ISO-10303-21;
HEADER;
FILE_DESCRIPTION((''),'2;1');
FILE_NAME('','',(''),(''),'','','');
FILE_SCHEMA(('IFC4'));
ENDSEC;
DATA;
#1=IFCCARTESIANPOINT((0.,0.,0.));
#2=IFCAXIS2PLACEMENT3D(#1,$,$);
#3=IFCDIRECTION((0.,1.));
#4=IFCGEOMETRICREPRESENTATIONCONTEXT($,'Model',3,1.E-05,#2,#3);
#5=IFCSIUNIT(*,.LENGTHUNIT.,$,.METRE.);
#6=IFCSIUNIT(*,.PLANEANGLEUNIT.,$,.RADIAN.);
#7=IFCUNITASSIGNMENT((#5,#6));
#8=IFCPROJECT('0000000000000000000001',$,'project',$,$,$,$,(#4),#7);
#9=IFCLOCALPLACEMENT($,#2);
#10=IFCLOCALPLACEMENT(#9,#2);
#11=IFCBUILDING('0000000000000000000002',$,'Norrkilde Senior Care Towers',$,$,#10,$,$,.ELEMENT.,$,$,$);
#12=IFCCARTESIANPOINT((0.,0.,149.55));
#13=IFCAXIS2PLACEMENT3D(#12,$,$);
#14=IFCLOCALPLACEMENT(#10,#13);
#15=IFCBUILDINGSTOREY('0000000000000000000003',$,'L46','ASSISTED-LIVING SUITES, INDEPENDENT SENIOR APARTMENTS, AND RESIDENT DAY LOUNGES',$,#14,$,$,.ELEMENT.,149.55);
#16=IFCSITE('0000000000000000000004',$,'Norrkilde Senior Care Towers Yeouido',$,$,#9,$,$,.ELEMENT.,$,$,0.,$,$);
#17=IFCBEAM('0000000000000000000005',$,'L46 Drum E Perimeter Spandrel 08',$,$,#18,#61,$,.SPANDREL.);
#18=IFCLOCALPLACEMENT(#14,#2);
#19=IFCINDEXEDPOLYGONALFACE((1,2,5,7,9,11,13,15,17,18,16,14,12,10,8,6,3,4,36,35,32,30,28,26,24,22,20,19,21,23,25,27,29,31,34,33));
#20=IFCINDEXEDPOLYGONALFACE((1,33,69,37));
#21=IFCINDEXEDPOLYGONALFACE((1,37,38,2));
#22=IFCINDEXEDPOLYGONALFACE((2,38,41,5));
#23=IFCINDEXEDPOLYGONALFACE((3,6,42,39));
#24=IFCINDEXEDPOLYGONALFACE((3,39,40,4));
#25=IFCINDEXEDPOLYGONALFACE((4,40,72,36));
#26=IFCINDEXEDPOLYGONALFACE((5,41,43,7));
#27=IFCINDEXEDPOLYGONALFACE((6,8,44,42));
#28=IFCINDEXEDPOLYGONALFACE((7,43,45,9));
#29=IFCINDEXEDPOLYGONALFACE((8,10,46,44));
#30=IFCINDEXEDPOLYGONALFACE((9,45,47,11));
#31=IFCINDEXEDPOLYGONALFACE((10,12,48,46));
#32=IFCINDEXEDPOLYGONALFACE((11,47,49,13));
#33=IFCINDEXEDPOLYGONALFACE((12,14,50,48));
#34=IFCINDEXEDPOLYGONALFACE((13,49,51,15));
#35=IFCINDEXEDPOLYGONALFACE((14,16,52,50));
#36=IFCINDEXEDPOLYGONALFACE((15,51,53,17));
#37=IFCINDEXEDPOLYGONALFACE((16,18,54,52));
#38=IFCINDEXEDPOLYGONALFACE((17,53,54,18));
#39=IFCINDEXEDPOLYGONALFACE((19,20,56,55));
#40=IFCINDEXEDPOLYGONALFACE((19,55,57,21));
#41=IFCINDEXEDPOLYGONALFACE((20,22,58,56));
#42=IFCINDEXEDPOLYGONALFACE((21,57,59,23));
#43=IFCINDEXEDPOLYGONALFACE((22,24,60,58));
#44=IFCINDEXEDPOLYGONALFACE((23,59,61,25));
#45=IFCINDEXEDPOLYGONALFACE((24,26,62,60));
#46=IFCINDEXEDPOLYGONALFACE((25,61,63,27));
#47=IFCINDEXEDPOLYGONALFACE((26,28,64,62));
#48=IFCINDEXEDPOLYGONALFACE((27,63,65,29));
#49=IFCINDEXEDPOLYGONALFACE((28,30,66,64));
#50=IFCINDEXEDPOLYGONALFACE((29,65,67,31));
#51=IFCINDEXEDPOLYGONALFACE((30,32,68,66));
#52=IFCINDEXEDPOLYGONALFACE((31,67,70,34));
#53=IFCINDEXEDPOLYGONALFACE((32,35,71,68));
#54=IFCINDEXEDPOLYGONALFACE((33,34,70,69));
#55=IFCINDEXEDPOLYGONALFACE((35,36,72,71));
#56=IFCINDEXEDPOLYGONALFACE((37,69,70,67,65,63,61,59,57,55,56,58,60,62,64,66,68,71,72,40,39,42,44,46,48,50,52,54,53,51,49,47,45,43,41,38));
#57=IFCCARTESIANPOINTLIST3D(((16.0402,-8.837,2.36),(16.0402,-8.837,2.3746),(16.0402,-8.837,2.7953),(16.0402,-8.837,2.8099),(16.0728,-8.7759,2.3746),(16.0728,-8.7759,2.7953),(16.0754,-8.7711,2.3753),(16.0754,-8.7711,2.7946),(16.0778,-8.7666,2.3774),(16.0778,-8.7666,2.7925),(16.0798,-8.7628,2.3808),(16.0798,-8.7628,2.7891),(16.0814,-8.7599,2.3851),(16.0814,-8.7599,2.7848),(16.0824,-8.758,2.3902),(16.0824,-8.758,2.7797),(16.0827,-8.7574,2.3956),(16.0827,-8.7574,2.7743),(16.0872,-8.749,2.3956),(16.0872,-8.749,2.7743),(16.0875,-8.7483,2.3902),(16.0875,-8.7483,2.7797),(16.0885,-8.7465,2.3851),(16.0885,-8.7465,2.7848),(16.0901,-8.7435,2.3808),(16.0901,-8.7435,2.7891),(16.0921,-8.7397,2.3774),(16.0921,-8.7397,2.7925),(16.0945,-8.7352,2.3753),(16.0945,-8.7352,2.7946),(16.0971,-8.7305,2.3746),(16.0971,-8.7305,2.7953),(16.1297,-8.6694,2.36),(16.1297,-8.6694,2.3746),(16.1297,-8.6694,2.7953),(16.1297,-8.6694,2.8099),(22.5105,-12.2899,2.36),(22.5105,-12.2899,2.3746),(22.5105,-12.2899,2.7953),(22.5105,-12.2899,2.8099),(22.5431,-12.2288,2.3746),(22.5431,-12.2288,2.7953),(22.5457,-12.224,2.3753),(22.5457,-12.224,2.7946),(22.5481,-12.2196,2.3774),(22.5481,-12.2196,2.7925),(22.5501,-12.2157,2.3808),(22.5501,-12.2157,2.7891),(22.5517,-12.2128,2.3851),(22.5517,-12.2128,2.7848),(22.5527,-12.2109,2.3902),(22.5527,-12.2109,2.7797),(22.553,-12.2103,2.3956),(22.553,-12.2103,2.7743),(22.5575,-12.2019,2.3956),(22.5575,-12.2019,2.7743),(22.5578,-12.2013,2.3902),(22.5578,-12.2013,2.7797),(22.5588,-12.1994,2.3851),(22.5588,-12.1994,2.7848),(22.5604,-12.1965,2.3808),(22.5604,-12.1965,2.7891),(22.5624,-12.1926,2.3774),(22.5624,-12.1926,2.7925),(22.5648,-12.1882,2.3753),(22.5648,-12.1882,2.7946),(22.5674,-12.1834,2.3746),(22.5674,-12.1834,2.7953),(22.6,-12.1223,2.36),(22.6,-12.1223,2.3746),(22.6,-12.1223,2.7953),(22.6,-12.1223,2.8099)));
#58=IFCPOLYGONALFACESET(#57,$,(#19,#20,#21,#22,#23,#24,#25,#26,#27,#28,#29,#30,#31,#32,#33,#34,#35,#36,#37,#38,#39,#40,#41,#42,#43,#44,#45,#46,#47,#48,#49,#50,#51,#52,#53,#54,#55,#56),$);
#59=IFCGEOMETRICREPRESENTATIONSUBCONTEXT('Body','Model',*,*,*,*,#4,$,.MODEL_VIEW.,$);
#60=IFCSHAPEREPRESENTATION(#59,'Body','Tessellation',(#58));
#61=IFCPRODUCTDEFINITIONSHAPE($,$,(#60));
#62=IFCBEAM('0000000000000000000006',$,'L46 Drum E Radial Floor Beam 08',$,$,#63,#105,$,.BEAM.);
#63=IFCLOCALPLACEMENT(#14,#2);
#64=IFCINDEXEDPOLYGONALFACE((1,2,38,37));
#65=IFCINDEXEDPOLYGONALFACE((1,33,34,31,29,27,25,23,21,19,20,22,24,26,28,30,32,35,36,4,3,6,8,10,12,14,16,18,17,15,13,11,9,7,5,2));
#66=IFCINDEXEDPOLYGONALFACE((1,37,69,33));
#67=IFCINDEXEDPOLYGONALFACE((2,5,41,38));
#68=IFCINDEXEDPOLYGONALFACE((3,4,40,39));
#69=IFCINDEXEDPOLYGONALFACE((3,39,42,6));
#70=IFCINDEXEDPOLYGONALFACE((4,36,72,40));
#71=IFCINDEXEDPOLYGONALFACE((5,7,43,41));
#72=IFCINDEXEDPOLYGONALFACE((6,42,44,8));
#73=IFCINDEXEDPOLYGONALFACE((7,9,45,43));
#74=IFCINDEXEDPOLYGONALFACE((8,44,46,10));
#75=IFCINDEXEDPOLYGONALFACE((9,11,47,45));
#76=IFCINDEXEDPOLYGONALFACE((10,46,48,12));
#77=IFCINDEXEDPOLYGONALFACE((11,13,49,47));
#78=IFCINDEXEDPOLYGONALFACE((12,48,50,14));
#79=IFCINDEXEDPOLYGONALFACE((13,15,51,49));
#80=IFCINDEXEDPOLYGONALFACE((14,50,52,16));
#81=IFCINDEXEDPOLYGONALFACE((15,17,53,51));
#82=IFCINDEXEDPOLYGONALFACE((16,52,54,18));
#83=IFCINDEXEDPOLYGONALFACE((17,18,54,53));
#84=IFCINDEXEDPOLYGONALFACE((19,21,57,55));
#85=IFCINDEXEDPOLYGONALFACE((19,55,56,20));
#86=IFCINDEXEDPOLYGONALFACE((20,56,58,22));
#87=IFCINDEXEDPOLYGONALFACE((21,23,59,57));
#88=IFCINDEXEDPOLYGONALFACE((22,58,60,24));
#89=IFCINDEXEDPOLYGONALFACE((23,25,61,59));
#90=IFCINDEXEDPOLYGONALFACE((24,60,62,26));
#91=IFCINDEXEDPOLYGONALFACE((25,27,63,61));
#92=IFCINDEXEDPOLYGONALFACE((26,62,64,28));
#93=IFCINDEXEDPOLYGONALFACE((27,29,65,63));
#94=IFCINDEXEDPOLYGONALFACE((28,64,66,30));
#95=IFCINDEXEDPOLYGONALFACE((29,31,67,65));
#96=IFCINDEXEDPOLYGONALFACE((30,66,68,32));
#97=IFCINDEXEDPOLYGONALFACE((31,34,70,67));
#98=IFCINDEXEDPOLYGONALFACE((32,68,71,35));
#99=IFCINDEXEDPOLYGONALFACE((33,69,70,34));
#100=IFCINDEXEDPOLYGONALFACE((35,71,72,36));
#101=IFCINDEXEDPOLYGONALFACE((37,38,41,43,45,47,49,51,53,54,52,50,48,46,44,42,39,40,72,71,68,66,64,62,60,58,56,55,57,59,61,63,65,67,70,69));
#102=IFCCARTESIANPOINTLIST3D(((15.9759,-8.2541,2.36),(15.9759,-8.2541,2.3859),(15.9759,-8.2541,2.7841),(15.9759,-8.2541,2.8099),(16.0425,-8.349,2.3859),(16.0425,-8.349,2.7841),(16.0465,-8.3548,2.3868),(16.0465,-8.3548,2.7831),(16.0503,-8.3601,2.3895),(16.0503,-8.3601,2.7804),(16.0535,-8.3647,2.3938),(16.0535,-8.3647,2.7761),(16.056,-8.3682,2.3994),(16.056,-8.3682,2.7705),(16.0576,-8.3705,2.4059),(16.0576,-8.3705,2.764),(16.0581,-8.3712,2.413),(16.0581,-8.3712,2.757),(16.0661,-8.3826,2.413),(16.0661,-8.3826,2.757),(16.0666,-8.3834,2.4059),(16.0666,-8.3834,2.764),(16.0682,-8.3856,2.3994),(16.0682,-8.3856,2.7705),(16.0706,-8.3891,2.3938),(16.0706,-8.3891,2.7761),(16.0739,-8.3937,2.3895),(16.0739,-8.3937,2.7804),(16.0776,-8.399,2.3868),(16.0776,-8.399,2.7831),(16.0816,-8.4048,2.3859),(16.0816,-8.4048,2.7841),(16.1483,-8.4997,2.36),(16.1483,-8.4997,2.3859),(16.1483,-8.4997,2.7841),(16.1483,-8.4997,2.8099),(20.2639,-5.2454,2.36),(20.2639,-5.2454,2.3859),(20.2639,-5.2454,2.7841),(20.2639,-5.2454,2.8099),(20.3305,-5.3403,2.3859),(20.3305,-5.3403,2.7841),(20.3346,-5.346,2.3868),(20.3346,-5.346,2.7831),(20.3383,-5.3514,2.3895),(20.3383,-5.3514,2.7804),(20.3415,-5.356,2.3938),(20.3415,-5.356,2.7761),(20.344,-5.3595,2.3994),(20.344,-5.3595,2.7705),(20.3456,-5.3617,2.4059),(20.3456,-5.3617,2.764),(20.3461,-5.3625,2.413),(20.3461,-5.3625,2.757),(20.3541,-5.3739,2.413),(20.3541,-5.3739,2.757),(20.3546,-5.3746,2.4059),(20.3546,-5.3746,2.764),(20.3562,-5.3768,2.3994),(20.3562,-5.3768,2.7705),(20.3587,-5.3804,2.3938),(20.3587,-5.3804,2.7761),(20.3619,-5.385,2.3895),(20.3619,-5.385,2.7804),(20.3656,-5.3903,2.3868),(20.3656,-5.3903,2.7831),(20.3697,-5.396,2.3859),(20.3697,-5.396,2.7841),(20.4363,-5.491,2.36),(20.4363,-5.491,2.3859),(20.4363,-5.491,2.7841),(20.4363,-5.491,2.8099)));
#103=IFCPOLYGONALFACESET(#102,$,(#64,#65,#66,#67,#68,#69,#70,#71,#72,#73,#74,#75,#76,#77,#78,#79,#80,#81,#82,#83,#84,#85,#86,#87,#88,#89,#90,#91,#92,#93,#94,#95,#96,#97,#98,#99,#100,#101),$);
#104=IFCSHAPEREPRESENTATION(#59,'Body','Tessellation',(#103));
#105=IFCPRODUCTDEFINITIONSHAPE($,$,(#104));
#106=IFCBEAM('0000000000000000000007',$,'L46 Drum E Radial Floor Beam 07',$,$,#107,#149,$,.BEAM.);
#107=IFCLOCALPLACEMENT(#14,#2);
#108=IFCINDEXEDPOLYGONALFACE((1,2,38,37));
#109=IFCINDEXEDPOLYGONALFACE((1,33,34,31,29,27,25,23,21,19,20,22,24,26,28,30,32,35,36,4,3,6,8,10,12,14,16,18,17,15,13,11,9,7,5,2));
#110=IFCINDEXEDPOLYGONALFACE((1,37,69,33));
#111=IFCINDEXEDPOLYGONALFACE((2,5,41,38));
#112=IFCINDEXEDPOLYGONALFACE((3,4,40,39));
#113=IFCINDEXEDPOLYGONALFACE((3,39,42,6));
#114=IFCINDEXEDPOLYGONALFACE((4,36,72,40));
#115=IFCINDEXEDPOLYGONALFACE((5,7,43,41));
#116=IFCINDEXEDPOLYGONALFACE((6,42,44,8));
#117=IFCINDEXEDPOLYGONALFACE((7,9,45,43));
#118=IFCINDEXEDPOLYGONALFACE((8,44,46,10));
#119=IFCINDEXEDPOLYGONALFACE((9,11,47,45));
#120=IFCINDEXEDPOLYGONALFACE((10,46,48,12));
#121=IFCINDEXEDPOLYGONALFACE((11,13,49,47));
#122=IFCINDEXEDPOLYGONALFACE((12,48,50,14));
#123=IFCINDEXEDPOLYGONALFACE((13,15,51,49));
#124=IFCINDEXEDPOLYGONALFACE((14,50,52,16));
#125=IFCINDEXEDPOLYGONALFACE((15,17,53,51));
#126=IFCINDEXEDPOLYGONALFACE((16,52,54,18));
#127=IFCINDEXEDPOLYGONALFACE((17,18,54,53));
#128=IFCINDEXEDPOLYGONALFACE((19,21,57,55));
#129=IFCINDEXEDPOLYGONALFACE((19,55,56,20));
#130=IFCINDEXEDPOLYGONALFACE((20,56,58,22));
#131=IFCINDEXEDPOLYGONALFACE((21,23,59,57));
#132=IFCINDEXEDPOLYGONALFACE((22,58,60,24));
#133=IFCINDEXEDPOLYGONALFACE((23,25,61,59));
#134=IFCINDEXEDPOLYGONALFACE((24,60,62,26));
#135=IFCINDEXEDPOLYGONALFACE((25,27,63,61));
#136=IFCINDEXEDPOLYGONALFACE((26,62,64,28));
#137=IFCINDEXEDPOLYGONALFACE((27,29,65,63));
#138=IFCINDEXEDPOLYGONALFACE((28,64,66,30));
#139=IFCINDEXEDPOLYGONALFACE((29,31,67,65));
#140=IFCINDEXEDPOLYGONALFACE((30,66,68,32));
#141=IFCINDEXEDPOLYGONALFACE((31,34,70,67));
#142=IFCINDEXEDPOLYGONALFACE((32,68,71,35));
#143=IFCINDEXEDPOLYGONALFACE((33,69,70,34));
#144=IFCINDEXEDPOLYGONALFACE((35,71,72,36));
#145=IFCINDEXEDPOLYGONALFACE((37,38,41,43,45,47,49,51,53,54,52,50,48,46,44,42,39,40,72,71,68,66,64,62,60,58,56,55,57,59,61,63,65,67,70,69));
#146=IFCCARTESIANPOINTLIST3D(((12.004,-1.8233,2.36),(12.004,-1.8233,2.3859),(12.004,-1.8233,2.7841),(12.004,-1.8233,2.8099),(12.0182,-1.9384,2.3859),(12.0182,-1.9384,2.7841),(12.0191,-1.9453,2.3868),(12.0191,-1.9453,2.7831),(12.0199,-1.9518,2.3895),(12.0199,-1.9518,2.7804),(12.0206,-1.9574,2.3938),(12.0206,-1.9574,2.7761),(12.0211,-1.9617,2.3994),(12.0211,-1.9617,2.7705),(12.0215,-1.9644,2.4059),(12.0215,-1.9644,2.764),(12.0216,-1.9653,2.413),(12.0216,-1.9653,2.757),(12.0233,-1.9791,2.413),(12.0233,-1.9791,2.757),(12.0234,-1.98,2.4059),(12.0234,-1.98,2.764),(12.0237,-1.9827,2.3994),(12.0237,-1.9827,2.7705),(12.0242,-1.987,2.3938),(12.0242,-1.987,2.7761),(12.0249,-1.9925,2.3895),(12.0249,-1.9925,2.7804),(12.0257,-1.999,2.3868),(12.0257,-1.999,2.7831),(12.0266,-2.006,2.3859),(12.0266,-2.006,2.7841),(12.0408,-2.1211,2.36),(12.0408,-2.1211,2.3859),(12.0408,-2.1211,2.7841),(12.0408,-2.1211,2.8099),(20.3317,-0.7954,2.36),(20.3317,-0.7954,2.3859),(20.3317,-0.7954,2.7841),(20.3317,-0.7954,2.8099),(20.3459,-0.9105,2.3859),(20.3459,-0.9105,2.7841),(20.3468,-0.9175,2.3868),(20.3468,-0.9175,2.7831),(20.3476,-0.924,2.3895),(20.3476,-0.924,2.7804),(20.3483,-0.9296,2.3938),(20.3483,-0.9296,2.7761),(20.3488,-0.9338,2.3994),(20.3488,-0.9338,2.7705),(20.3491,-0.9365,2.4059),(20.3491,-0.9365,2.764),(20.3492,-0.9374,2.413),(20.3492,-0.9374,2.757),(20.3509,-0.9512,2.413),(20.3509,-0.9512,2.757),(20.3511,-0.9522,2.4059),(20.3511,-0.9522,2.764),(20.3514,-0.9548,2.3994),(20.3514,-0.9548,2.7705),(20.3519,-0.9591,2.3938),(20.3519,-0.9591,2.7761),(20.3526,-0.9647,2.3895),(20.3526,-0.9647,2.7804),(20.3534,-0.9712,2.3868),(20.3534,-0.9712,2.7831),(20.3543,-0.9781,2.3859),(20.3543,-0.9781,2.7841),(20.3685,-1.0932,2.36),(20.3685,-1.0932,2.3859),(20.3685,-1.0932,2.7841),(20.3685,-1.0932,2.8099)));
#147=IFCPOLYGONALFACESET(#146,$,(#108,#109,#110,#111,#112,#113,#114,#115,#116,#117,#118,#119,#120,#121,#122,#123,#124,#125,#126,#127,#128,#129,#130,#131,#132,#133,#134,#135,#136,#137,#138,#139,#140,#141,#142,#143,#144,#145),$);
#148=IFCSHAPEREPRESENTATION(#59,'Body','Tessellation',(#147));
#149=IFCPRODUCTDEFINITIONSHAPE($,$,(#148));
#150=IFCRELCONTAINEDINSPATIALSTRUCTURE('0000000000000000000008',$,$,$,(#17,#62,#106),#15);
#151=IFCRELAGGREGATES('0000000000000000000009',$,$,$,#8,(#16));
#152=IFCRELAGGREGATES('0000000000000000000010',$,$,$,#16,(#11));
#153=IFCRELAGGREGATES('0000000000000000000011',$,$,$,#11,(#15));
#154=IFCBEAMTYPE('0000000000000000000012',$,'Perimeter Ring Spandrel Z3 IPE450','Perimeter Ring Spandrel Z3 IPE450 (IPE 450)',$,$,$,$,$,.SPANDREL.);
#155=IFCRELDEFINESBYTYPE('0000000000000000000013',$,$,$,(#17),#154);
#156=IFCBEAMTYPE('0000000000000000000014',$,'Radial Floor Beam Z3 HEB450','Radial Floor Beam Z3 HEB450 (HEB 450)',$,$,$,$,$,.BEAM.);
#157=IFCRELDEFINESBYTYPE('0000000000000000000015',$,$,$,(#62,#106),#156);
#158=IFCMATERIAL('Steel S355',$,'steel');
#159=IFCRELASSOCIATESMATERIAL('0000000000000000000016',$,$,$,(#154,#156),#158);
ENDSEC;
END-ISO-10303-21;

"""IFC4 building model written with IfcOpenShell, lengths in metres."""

from ifc_helpers import new_model, si_unit, direction, frame, origin, origin_2d, place, context, subcontext, project, spatial, i_section, extrude, source, transform, mapped, material, material_profile, profile_set, type_object, type_shapes, element, save


model = new_model("IFC4")

# Units and contexts
model_context = context("Model", 3, precision=1e-05, world=origin(), true_north=direction((0.0, 1.0)))
body_context = subcontext(model_context, "Body", "Model", "MODEL_VIEW")
ifc_project = project(units=[si_unit("LENGTHUNIT", "METRE"), si_unit("PLANEANGLEUNIT", "RADIAN")], contexts=[model_context])

# Site, building, storey
site_placement = place(None, origin())
site = spatial("IfcSite", under=ifc_project, at=site_placement, Name="Norrkilde Senior Care Towers Yeouido", CompositionType="ELEMENT", RefElevation=0.0)
building_placement = place(site_placement, origin())
building = spatial("IfcBuilding", under=site, at=building_placement, Name="Norrkilde Senior Care Towers", CompositionType="ELEMENT")
storey_placement = place(building_placement, frame((0.0, 0.0, 149.55)))
storey = spatial("IfcBuildingStorey", under=building, at=storey_placement, Name="L46", Description="ASSISTED-LIVING SUITES, INDEPENDENT SENIOR APARTMENTS, AND RESIDENT DAY LOUNGES", CompositionType="ELEMENT", Elevation=149.55)

# Beams
ifc_material_1 = material(Name="Steel S355", Category="steel")
ifc_material_profile_1 = material_profile(ifc_material_1, i_section(OverallWidth=0.1899, OverallDepth=0.45, WebThickness=0.0095, FlangeThickness=0.0146, FilletRadius=0.021, at=origin_2d()), Name="IPE 450")
ifc_profile_set_1 = profile_set([ifc_material_profile_1], Name="Steel S355")
beam_type_1 = type_object("IfcBeamType", Name="Perimeter Ring Spandrel Z3 IPE450", Description="Perimeter Ring Spandrel Z3 IPE450 (IPE 450)", PredefinedType="SPANDREL", material=ifc_profile_set_1)
shared_shape_1 = source(origin(), body_context, "Body", "SweptSolid", [
    extrude(i_section(OverallWidth=0.1899, OverallDepth=0.45, WebThickness=0.0095, FlangeThickness=0.0146, FilletRadius=0.021, at=origin_2d()), origin(), (0.0, 0.0, 1.0), 7.334),
])
beam_1_placement = place(storey_placement, frame((16.085, -8.7532, 2.585), z_axis=(0.882234, -0.470811, 0.0), x_axis=(0.470811, 0.882234, 0.0)))
element("IfcBeam", 1, at=beam_1_placement, inside=storey, type_object=beam_type_1, Name="L46 Drum E Perimeter Spandrel 08", PredefinedType="SPANDREL", context=body_context, shape_type="MappedRepresentation", body=[
    mapped(shared_shape_1, transform((0.0, 0.0, 0.0), x_axis=(1.0, 0.0, 0.0), y_axis=(0.0, 1.0, 0.0), z_axis=(0.0, 0.0, 1.0), scale=1.0)),
])
ifc_material_profile_2 = material_profile(ifc_material_1, i_section(OverallWidth=0.3, OverallDepth=0.45, WebThickness=0.0139, FlangeThickness=0.0259, FilletRadius=0.0271, at=origin_2d()), Name="HEB 450")
ifc_profile_set_2 = profile_set([ifc_material_profile_2], Name="Steel S355")
beam_type_2 = type_object("IfcBeamType", Name="Radial Floor Beam Z3 HEB450", Description="Radial Floor Beam Z3 HEB450 (HEB 450)", PredefinedType="BEAM", material=ifc_profile_set_2)
shared_shape_2 = source(origin(), body_context, "Body", "SweptSolid", [
    extrude(i_section(OverallWidth=0.3, OverallDepth=0.45, WebThickness=0.0139, FlangeThickness=0.0259, FilletRadius=0.0271, at=origin_2d()), origin(), (0.0, 0.0, 1.0), 5.2383),
])
beam_2_placement = place(storey_placement, frame((20.3501, -5.3682, 2.585), z_axis=(-0.818592, -0.574375, 0.0), x_axis=(0.574375, -0.818592, 0.0)))
element("IfcBeam", 2, at=beam_2_placement, inside=storey, type_object=beam_type_2, Name="L46 Drum E Radial Floor Beam 08", PredefinedType="BEAM", context=body_context, shape_type="MappedRepresentation", body=[
    mapped(shared_shape_2, transform((0.0, 0.0, 0.0), x_axis=(1.0, 0.0, 0.0), y_axis=(0.0, 1.0, 0.0), z_axis=(0.0, 0.0, 1.0), scale=1.0)),
])
shared_shape_3 = source(origin(), body_context, "Body", "SweptSolid", [
    extrude(i_section(OverallWidth=0.3, OverallDepth=0.45, WebThickness=0.0139, FlangeThickness=0.0259, FilletRadius=0.0271, at=origin_2d()), origin(), (0.0, 0.0, 1.0), 8.3909),
])
type_shapes(beam_type_2, [shared_shape_2, shared_shape_3])
beam_3_placement = place(storey_placement, frame((20.3501, -0.9443, 2.585), z_axis=(-0.992469, -0.122495, 0.0), x_axis=(0.122495, -0.992469, 0.0)))
element("IfcBeam", 3, at=beam_3_placement, inside=storey, type_object=beam_type_2, Name="L46 Drum E Radial Floor Beam 07", PredefinedType="BEAM", context=body_context, shape_type="MappedRepresentation", body=[
    mapped(shared_shape_3, transform((0.0, 0.0, 0.0), x_axis=(1.0, 0.0, 0.0), y_axis=(0.0, 1.0, 0.0), z_axis=(0.0, 0.0, 1.0), scale=1.0)),
])

save(model, "model.ifc")
